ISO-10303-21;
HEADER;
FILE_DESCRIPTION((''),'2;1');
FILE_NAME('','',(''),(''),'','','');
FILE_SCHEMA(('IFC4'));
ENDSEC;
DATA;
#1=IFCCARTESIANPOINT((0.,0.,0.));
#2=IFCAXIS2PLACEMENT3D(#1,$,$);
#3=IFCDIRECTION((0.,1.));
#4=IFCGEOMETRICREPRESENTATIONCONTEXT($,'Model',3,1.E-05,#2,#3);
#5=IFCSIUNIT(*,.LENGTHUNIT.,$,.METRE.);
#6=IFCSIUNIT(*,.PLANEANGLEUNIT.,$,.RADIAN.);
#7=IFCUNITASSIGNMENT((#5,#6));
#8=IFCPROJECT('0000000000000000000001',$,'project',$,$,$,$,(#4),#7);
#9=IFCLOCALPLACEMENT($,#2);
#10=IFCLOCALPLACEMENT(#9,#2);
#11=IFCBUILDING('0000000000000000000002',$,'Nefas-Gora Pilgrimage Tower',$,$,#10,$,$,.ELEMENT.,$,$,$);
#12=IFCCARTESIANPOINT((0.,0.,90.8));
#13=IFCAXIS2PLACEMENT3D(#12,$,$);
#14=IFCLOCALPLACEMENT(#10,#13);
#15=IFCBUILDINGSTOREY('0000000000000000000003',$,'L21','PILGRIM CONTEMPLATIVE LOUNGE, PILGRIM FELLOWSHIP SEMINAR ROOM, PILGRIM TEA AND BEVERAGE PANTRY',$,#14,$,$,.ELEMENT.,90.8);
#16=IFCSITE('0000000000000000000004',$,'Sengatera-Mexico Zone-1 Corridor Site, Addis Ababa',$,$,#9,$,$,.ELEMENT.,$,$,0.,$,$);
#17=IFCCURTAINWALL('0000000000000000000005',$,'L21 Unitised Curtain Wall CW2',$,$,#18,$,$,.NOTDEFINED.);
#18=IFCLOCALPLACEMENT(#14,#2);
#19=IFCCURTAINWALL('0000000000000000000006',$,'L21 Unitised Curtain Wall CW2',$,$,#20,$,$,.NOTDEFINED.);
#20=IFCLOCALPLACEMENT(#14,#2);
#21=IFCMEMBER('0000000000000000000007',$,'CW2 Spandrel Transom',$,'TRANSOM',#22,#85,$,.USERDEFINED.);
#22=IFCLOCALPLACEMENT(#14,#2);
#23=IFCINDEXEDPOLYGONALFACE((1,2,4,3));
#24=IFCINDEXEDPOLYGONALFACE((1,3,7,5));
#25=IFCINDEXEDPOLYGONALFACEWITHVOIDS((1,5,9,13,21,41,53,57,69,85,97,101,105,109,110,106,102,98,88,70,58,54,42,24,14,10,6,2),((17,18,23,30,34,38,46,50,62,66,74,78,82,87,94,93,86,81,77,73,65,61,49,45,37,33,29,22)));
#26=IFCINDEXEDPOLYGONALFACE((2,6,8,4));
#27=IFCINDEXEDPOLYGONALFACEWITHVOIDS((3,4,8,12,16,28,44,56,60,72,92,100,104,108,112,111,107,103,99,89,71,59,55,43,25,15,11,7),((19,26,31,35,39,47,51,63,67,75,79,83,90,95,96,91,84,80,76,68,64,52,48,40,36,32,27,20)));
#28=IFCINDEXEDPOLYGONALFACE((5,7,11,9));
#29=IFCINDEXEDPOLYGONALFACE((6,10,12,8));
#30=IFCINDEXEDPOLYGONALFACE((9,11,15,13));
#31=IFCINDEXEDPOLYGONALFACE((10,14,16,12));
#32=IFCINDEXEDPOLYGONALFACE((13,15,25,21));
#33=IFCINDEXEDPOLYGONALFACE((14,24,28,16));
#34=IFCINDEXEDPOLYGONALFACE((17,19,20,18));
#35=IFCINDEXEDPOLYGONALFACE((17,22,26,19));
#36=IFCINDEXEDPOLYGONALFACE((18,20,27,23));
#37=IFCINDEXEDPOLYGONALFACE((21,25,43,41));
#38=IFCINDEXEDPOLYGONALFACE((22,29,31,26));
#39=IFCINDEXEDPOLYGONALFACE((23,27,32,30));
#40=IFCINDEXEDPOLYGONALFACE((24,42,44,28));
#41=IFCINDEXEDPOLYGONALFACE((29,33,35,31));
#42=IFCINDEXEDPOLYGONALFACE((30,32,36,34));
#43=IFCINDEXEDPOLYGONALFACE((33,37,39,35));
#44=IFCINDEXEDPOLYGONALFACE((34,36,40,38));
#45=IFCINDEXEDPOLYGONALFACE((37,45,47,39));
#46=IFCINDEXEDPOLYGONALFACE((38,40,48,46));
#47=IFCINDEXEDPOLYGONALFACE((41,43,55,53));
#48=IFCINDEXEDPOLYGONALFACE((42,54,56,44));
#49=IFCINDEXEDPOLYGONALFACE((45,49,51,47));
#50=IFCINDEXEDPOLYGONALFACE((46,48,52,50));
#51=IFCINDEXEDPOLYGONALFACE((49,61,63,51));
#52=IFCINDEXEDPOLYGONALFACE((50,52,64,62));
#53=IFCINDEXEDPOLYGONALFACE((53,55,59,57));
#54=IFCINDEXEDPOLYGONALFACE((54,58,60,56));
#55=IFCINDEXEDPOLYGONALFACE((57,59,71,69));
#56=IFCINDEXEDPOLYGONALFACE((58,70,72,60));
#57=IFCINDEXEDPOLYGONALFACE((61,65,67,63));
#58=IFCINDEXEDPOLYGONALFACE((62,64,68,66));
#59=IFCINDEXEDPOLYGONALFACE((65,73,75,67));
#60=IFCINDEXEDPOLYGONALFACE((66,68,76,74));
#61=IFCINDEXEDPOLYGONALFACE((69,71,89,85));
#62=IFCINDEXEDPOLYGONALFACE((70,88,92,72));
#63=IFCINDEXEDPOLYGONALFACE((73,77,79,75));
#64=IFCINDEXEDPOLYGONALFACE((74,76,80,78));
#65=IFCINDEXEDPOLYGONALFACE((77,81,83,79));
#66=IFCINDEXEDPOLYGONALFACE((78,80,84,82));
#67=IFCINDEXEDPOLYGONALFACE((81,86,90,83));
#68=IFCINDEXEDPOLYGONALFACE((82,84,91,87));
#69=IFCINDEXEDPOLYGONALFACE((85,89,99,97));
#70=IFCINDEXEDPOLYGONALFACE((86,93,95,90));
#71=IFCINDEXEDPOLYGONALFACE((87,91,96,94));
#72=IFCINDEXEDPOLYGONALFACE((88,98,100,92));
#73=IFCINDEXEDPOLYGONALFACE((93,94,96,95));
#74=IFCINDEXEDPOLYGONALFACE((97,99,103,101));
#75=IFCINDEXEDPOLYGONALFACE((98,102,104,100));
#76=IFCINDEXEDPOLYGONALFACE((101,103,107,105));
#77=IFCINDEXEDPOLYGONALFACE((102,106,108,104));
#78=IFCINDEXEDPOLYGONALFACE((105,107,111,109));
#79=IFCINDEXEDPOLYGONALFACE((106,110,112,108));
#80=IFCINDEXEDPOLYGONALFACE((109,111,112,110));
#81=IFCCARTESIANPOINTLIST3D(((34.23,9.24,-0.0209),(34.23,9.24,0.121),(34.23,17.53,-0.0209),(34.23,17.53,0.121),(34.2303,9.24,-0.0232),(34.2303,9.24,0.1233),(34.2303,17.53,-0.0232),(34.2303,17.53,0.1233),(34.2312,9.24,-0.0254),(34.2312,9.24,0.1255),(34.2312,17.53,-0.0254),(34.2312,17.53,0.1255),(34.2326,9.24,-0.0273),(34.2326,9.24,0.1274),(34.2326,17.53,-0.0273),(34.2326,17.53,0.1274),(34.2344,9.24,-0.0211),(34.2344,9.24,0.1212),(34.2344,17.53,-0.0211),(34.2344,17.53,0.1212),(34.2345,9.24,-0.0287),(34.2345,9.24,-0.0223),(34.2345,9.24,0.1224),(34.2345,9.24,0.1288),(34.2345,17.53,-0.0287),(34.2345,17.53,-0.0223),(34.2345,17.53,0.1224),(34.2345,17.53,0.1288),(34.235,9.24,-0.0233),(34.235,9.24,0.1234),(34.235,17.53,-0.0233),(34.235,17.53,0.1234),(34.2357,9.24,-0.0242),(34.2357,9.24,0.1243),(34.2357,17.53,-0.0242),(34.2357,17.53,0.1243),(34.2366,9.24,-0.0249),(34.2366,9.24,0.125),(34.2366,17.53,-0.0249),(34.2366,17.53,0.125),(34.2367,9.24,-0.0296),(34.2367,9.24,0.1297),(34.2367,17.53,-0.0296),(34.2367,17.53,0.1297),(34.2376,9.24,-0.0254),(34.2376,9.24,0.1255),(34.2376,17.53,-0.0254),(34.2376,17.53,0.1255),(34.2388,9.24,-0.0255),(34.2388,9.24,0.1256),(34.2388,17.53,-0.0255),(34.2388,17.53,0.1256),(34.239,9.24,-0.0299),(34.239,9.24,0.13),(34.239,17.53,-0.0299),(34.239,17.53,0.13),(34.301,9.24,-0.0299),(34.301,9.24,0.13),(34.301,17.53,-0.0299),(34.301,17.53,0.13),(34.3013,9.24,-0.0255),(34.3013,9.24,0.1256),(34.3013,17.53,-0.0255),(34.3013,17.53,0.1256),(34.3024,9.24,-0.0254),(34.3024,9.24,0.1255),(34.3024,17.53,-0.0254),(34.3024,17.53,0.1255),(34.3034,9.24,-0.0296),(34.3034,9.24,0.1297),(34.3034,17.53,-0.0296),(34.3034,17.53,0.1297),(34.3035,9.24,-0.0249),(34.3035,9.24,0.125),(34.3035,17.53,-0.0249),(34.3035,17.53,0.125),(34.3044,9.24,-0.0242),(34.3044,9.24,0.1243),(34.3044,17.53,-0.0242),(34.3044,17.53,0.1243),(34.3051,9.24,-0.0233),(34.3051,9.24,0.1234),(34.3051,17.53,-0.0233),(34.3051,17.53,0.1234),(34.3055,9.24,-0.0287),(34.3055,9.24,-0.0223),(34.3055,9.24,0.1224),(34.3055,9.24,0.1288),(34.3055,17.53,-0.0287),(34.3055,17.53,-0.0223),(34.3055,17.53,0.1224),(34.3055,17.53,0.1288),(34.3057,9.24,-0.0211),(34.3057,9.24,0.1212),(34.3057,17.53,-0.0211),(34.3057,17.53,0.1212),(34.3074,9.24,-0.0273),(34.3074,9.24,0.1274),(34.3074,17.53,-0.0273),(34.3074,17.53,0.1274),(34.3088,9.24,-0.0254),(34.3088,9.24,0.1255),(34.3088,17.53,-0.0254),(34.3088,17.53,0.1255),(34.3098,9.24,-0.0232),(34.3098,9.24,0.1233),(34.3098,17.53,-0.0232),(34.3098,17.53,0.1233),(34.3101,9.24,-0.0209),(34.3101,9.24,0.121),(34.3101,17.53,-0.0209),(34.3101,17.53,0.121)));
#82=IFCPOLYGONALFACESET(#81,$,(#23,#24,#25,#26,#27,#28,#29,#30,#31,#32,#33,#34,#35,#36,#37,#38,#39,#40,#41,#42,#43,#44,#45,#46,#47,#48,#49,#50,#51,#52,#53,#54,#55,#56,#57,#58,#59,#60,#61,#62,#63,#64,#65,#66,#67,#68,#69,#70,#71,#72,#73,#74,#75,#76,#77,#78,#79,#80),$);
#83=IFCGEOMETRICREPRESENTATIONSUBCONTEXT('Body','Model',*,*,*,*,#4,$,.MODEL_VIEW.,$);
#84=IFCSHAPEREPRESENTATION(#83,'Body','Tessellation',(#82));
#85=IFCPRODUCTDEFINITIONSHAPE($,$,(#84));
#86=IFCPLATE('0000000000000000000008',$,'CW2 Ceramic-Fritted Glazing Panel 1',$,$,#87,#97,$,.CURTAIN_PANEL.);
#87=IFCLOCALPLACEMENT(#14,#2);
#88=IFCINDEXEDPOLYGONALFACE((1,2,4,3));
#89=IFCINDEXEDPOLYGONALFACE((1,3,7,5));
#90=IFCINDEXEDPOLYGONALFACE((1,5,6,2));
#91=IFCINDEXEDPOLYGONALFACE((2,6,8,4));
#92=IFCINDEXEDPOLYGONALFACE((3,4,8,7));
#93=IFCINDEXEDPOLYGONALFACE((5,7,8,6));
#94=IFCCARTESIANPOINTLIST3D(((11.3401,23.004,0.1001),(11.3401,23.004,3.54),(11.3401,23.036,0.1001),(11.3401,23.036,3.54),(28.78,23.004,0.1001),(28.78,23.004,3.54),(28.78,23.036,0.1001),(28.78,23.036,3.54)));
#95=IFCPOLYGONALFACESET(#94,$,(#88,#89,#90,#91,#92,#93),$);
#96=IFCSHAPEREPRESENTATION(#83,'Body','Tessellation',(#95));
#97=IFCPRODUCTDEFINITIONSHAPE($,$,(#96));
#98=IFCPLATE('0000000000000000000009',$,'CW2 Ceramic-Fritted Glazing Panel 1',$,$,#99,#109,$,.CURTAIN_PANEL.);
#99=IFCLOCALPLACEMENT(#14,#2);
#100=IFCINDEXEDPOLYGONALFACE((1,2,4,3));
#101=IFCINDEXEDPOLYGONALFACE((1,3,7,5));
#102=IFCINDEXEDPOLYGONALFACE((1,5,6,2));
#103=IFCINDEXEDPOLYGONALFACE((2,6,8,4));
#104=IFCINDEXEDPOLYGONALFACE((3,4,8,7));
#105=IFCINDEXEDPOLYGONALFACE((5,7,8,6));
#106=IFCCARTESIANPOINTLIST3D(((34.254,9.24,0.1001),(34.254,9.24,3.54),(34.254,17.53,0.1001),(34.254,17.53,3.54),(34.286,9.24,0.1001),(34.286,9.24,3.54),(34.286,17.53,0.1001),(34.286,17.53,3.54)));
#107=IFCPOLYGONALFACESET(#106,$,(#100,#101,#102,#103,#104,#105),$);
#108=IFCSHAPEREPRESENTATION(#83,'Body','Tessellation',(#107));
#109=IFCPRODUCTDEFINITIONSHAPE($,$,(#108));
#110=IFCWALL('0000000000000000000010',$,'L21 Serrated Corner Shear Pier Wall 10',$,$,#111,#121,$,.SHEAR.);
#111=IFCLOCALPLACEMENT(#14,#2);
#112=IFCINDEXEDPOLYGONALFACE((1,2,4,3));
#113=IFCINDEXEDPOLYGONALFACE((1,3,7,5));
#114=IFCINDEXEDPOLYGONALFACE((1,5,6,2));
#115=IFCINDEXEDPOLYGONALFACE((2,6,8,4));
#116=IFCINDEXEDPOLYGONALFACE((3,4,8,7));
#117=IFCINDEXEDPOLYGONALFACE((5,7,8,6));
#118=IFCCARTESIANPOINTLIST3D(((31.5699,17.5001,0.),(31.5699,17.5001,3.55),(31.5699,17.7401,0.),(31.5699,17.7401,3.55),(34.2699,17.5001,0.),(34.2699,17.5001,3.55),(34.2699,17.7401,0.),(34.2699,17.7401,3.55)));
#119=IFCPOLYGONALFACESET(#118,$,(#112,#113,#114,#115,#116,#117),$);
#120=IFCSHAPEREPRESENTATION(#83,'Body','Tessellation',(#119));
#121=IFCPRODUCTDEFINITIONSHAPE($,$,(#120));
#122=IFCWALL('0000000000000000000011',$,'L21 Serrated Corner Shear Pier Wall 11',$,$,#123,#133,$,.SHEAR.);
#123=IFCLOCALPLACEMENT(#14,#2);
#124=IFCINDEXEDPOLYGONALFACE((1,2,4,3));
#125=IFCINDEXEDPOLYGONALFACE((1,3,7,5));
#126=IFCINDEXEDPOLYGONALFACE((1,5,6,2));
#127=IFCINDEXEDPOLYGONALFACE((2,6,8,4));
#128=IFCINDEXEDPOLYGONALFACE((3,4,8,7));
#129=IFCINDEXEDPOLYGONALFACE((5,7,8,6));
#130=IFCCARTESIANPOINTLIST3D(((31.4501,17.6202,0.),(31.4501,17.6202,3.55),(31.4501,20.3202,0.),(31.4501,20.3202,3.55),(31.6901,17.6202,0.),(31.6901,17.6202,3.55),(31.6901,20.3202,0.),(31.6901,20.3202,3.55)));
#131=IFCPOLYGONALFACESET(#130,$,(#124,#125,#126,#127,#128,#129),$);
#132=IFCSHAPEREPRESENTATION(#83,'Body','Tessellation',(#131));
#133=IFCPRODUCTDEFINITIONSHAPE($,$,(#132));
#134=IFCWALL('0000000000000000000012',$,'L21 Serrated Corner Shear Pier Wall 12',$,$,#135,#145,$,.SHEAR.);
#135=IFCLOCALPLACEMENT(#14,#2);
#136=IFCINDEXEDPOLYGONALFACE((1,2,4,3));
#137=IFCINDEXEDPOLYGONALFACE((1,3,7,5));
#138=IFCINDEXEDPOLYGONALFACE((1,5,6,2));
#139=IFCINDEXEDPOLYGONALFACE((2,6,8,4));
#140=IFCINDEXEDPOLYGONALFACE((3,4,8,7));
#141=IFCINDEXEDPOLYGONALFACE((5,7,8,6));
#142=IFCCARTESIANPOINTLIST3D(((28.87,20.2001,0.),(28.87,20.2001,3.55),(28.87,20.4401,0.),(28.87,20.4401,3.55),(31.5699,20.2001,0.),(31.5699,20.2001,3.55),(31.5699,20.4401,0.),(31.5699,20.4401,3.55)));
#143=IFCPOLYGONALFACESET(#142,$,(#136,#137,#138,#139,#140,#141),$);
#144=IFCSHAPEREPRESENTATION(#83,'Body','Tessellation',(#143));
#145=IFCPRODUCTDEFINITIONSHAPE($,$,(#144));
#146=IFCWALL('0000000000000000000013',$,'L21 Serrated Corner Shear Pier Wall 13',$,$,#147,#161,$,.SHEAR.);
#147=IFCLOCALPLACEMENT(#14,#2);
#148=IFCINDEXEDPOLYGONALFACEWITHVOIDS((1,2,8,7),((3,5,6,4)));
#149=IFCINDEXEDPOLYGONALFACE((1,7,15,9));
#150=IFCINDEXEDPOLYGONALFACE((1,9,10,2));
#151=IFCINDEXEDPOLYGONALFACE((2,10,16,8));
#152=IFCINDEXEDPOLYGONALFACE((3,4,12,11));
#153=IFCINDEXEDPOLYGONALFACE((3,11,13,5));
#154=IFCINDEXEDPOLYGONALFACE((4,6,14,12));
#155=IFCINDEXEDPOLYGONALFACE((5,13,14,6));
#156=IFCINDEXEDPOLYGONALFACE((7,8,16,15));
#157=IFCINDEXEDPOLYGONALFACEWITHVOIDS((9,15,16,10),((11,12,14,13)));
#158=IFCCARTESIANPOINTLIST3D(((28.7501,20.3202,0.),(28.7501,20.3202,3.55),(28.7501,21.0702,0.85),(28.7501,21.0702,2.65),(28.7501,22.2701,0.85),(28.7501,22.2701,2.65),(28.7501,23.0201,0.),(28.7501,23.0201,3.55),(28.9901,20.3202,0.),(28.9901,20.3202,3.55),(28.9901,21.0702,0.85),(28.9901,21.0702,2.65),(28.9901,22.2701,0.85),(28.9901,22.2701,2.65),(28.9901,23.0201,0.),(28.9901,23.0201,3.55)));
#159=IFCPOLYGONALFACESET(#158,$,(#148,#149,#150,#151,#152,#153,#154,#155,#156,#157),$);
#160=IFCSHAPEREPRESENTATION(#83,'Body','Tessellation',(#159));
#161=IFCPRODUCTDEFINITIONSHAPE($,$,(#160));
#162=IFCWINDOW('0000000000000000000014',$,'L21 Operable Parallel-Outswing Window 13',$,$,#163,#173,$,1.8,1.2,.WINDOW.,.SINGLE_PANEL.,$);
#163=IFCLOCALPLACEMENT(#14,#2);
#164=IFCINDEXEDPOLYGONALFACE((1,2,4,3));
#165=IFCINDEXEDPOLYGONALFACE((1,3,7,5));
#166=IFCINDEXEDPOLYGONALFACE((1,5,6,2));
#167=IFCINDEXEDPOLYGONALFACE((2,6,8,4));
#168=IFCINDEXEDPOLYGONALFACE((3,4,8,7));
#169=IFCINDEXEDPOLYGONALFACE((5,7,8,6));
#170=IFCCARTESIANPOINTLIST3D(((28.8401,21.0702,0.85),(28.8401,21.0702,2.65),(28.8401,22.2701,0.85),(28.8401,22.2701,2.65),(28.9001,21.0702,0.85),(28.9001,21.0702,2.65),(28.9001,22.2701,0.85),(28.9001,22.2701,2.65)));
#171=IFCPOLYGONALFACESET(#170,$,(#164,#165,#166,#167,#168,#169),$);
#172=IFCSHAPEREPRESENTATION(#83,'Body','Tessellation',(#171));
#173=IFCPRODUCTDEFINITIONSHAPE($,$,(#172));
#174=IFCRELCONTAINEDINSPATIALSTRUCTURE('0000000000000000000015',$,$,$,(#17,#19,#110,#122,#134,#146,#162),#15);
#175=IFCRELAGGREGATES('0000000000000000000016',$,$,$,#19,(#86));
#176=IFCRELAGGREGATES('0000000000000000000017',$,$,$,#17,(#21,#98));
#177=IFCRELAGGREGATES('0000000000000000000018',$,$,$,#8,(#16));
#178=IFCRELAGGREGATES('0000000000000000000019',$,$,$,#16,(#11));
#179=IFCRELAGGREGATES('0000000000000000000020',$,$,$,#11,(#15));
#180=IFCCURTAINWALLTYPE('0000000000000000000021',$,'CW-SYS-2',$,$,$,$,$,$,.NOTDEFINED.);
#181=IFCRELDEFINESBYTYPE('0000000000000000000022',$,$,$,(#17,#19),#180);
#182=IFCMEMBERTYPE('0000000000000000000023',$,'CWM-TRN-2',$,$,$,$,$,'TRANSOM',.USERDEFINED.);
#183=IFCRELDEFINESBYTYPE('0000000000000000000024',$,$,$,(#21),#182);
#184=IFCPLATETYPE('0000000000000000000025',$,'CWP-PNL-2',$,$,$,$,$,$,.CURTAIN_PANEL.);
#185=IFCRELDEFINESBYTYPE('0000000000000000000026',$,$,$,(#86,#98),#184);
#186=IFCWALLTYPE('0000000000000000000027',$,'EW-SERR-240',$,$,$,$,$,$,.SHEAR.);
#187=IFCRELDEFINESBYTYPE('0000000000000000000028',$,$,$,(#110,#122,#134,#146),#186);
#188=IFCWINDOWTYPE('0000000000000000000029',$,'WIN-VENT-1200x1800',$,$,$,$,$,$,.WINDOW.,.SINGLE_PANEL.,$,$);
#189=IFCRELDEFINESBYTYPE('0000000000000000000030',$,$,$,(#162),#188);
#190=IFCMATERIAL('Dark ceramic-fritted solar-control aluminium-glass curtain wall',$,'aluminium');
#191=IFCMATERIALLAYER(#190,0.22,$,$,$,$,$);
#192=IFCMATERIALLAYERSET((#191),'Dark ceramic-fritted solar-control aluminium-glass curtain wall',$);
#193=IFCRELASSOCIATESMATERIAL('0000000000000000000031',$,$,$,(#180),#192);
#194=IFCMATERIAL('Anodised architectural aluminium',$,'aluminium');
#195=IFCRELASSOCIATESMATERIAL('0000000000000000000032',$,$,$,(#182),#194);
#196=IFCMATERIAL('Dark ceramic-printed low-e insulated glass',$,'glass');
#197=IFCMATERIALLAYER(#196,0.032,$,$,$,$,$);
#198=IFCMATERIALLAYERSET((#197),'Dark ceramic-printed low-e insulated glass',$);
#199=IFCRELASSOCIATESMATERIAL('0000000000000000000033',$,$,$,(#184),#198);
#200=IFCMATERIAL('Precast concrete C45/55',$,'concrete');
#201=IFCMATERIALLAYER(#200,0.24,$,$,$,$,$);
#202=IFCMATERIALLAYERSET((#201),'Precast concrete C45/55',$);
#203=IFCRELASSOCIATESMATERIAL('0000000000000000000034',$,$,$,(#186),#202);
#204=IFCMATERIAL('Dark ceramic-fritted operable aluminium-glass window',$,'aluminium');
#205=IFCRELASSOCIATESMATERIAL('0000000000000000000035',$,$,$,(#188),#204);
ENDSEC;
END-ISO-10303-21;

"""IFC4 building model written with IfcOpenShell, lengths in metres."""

from ifc_helpers import new_model, si_unit, direction, frame, frame_2d, origin, origin_2d, place, context, subcontext, project, spatial, rectangle, hollow_rectangle, extrude, source, transform, mapped, material, layer, layer_set, material_profile, profile_set, type_object, element, fill, aggregate, save


model = new_model("IFC4")

# Units and contexts
model_context = context("Model", 3, precision=1e-05, world=origin(), true_north=direction((0.0, 1.0)))
body_context = subcontext(model_context, "Body", "Model", "MODEL_VIEW")
ifc_project = project(units=[si_unit("LENGTHUNIT", "METRE"), si_unit("PLANEANGLEUNIT", "RADIAN")], contexts=[model_context])

# Site, building, storey
site_placement = place(None, origin())
site = spatial("IfcSite", under=ifc_project, at=site_placement, Name="Sengatera-Mexico Zone-1 Corridor Site, Addis Ababa", CompositionType="ELEMENT", RefElevation=0.0)
building_placement = place(site_placement, origin())
building = spatial("IfcBuilding", under=site, at=building_placement, Name="Nefas-Gora Pilgrimage Tower", CompositionType="ELEMENT")
storey_placement = place(building_placement, frame((0.0, 0.0, 90.8)))
storey = spatial("IfcBuildingStorey", under=building, at=storey_placement, Name="L21", Description="PILGRIM CONTEMPLATIVE LOUNGE, PILGRIM FELLOWSHIP SEMINAR ROOM, PILGRIM TEA AND BEVERAGE PANTRY", CompositionType="ELEMENT", Elevation=90.8)

# Curtain walls
ifc_material_1 = material(Name="Dark ceramic-fritted solar-control aluminium-glass curtain wall", Category="aluminium")
ifc_layer_1 = layer(ifc_material_1, 0.22)
ifc_layer_set_1 = layer_set([ifc_layer_1], Name="Dark ceramic-fritted solar-control aluminium-glass curtain wall")
curtain_wall_type = type_object("IfcCurtainWallType", Name="CW-SYS-2", PredefinedType="NOTDEFINED", material=ifc_layer_set_1)
curtain_wall_1_placement = place(storey_placement, origin())
curtain_wall_1 = element("IfcCurtainWall", 1, at=curtain_wall_1_placement, inside=storey, type_object=curtain_wall_type, Name="L21 Unitised Curtain Wall CW2", PredefinedType="NOTDEFINED")
ifc_material_2 = material(Name="Anodised architectural aluminium", Category="aluminium")
curtain_wall_2_placement = place(storey_placement, origin())
curtain_wall_2 = element("IfcCurtainWall", 2, at=curtain_wall_2_placement, inside=storey, type_object=curtain_wall_type, Name="L21 Unitised Curtain Wall CW2", PredefinedType="NOTDEFINED")
ifc_material_profile_1 = material_profile(ifc_material_2, hollow_rectangle(XDim=0.0801, YDim=0.1599, WallThickness=0.0044, InnerFilletRadius=0.0044, OuterFilletRadius=0.009, at=origin_2d()), Name="ALU TRANSOM 80x160")
ifc_profile_set_1 = profile_set([ifc_material_profile_1], Name="Anodised architectural aluminium")
member_type_1 = type_object("IfcMemberType", Name="CWM-TRN-2", ElementType="TRANSOM", PredefinedType="USERDEFINED", material=ifc_profile_set_1)

# Member
shared_shape_1 = source(origin(), body_context, "Body", "SweptSolid", [
    extrude(hollow_rectangle(XDim=0.0801, YDim=0.1599, WallThickness=0.0044, InnerFilletRadius=0.0044, OuterFilletRadius=0.009, at=origin_2d()), origin(), (0.0, 0.0, 1.0), 8.29),
])
member_1_placement = place(storey_placement, frame((34.27, 9.24, 0.05), z_axis=(0.0, 1.0, 0.0), x_axis=(-1.0, 0.0, 0.0)))
member_1 = element("IfcMember", 3, at=member_1_placement, type_object=member_type_1, Name="CW2 Spandrel Transom", ObjectType="TRANSOM", PredefinedType="USERDEFINED", context=body_context, shape_type="MappedRepresentation", body=[
    mapped(shared_shape_1, transform((0.0, 0.0, 0.0), x_axis=(1.0, 0.0, 0.0), y_axis=(0.0, 1.0, 0.0), z_axis=(0.0, 0.0, 1.0), scale=1.0)),
])

# Plates
ifc_material_3 = material(Name="Dark ceramic-printed low-e insulated glass", Category="glass")
ifc_layer_2 = layer(ifc_material_3, 0.032)
ifc_layer_set_2 = layer_set([ifc_layer_2], Name="Dark ceramic-printed low-e insulated glass")
plate_type = type_object("IfcPlateType", Name="CWP-PNL-2", PredefinedType="CURTAIN_PANEL", material=ifc_layer_set_2)
shared_shape_2 = source(origin(), body_context, "Body", "SweptSolid", [
    extrude(rectangle(XDim=17.4399, YDim=0.032, at=origin_2d()), origin(), (0.0, 0.0, 1.0), 3.4399),
])
plate_1_placement = place(storey_placement, frame((20.0601, 23.02, 0.1001), z_axis=(0.0, 0.0, 1.0), x_axis=(-1.0, 0.0, 0.0)))
plate_1 = element("IfcPlate", 4, at=plate_1_placement, type_object=plate_type, Name="CW2 Ceramic-Fritted Glazing Panel 1", PredefinedType="CURTAIN_PANEL", context=body_context, shape_type="MappedRepresentation", body=[
    mapped(shared_shape_2, transform((0.0, 0.0, 0.0), x_axis=(1.0, 0.0, 0.0), y_axis=(0.0, 1.0, 0.0), z_axis=(0.0, 0.0, 1.0), scale=1.0)),
])
aggregate(curtain_wall_2, [plate_1])
shared_shape_3 = source(origin(), body_context, "Body", "SweptSolid", [
    extrude(rectangle(XDim=8.29, YDim=0.032, at=origin_2d()), origin(), (0.0, 0.0, 1.0), 3.4399),
])
plate_2_placement = place(storey_placement, frame((34.27, 13.385, 0.1001), z_axis=(0.0, 0.0, 1.0), x_axis=(0.0, 1.0, 0.0)))
plate_2 = element("IfcPlate", 5, at=plate_2_placement, type_object=plate_type, Name="CW2 Ceramic-Fritted Glazing Panel 1", PredefinedType="CURTAIN_PANEL", context=body_context, shape_type="MappedRepresentation", body=[
    mapped(shared_shape_3, transform((0.0, 0.0, 0.0), x_axis=(1.0, 0.0, 0.0), y_axis=(0.0, 1.0, 0.0), z_axis=(0.0, 0.0, 1.0), scale=1.0)),
])
aggregate(curtain_wall_1, [member_1, plate_2])

# Walls
ifc_material_4 = material(Name="Precast concrete C45/55", Category="concrete")
ifc_layer_3 = layer(ifc_material_4, 0.24)
ifc_layer_set_3 = layer_set([ifc_layer_3], Name="Precast concrete C45/55")
wall_type = type_object("IfcWallType", Name="EW-SERR-240", PredefinedType="SHEAR", material=ifc_layer_set_3)
shared_shape_4 = source(origin(), body_context, "Body", "SweptSolid", [
    extrude(rectangle(XDim=2.7, YDim=0.24, at=frame_2d((1.3501, 0.0))), origin(), (0.0, 0.0, 1.0), 3.55),
])
for number, where, z_axis, x_axis, name in (
    (6, (34.27, 17.6201, 0.0), (0.0, 0.0, 1.0), (-1.0, 0.0, 0.0), "L21 Serrated Corner Shear Pier Wall 10"),
    (7, (31.5701, 17.6201, 0.0), (0.0, 0.0, 1.0), (0.0, 1.0, 0.0), "L21 Serrated Corner Shear Pier Wall 11"),
    (8, (31.5701, 20.3201, 0.0), (0.0, 0.0, 1.0), (-1.0, 0.0, 0.0), "L21 Serrated Corner Shear Pier Wall 12"),
):
    element("IfcWall", number, at=place(storey_placement, frame(where, z_axis=z_axis, x_axis=x_axis)), inside=storey, type_object=wall_type, Name=name, PredefinedType="SHEAR", context=body_context, shape_type="MappedRepresentation", body=[
        mapped(shared_shape_4, transform((0.0, 0.0, 0.0), x_axis=(1.0, 0.0, 0.0), y_axis=(0.0, 1.0, 0.0), z_axis=(0.0, 0.0, 1.0), scale=1.0)),
    ])

# Wall, opening, window
wall_placement = place(storey_placement, frame((28.8701, 20.3201, 0.0), z_axis=(0.0, 0.0, 1.0), x_axis=(0.0, 1.0, 0.0)))
wall = element("IfcWall", 9, at=wall_placement, inside=storey, type_object=wall_type, Name="L21 Serrated Corner Shear Pier Wall 13", PredefinedType="SHEAR", context=body_context, shape_type="MappedRepresentation", body=[
    mapped(shared_shape_4, transform((0.0, 0.0, 0.0), x_axis=(1.0, 0.0, 0.0), y_axis=(0.0, 1.0, 0.0), z_axis=(0.0, 0.0, 1.0), scale=1.0)),
])
opening_placement = place(wall_placement, frame((0.75, 0.0, 0.8501)))
opening = element("IfcOpeningElement", 10, at=opening_placement, cuts=wall, PredefinedType="OPENING", context=body_context, shape_type="SweptSolid", body=[
    extrude(rectangle(XDim=1.2, YDim=1.8, at=frame_2d((0.6001, 0.8999))), frame((0.0, 0.1299, 0.0), z_axis=(0.0, -1.0, 0.0), x_axis=(1.0, 0.0, 0.0)), (0.0, 0.0, 1.0), 0.26),
])
ifc_material_5 = material(Name="Dark ceramic-fritted operable aluminium-glass window", Category="aluminium")
window_type = type_object("IfcWindowType", Name="WIN-VENT-1200x1800", PartitioningType="SINGLE_PANEL", PredefinedType="WINDOW", material=ifc_material_5)
shared_shape_5 = source(origin(), body_context, "Body", "SweptSolid", [
    extrude(rectangle(XDim=1.2, YDim=1.8, at=frame_2d((0.6001, 0.8999))), frame((0.0, 0.03, 0.0), z_axis=(0.0, -1.0, 0.0), x_axis=(1.0, 0.0, 0.0)), (0.0, 0.0, 1.0), 0.0601),
])
window_placement = place(opening_placement, origin())
window = element("IfcWindow", 11, at=window_placement, inside=storey, type_object=window_type, Name="L21 Operable Parallel-Outswing Window 13", OverallHeight=1.8, OverallWidth=1.2, PartitioningType="SINGLE_PANEL", PredefinedType="WINDOW", context=body_context, shape_type="MappedRepresentation", body=[
    mapped(shared_shape_5, transform((0.0, 0.0, 0.0), x_axis=(1.0, 0.0, 0.0), y_axis=(0.0, 1.0, 0.0), z_axis=(0.0, 0.0, 1.0), scale=1.0)),
])
fill(opening, window)

save(model, "model.ifc")
